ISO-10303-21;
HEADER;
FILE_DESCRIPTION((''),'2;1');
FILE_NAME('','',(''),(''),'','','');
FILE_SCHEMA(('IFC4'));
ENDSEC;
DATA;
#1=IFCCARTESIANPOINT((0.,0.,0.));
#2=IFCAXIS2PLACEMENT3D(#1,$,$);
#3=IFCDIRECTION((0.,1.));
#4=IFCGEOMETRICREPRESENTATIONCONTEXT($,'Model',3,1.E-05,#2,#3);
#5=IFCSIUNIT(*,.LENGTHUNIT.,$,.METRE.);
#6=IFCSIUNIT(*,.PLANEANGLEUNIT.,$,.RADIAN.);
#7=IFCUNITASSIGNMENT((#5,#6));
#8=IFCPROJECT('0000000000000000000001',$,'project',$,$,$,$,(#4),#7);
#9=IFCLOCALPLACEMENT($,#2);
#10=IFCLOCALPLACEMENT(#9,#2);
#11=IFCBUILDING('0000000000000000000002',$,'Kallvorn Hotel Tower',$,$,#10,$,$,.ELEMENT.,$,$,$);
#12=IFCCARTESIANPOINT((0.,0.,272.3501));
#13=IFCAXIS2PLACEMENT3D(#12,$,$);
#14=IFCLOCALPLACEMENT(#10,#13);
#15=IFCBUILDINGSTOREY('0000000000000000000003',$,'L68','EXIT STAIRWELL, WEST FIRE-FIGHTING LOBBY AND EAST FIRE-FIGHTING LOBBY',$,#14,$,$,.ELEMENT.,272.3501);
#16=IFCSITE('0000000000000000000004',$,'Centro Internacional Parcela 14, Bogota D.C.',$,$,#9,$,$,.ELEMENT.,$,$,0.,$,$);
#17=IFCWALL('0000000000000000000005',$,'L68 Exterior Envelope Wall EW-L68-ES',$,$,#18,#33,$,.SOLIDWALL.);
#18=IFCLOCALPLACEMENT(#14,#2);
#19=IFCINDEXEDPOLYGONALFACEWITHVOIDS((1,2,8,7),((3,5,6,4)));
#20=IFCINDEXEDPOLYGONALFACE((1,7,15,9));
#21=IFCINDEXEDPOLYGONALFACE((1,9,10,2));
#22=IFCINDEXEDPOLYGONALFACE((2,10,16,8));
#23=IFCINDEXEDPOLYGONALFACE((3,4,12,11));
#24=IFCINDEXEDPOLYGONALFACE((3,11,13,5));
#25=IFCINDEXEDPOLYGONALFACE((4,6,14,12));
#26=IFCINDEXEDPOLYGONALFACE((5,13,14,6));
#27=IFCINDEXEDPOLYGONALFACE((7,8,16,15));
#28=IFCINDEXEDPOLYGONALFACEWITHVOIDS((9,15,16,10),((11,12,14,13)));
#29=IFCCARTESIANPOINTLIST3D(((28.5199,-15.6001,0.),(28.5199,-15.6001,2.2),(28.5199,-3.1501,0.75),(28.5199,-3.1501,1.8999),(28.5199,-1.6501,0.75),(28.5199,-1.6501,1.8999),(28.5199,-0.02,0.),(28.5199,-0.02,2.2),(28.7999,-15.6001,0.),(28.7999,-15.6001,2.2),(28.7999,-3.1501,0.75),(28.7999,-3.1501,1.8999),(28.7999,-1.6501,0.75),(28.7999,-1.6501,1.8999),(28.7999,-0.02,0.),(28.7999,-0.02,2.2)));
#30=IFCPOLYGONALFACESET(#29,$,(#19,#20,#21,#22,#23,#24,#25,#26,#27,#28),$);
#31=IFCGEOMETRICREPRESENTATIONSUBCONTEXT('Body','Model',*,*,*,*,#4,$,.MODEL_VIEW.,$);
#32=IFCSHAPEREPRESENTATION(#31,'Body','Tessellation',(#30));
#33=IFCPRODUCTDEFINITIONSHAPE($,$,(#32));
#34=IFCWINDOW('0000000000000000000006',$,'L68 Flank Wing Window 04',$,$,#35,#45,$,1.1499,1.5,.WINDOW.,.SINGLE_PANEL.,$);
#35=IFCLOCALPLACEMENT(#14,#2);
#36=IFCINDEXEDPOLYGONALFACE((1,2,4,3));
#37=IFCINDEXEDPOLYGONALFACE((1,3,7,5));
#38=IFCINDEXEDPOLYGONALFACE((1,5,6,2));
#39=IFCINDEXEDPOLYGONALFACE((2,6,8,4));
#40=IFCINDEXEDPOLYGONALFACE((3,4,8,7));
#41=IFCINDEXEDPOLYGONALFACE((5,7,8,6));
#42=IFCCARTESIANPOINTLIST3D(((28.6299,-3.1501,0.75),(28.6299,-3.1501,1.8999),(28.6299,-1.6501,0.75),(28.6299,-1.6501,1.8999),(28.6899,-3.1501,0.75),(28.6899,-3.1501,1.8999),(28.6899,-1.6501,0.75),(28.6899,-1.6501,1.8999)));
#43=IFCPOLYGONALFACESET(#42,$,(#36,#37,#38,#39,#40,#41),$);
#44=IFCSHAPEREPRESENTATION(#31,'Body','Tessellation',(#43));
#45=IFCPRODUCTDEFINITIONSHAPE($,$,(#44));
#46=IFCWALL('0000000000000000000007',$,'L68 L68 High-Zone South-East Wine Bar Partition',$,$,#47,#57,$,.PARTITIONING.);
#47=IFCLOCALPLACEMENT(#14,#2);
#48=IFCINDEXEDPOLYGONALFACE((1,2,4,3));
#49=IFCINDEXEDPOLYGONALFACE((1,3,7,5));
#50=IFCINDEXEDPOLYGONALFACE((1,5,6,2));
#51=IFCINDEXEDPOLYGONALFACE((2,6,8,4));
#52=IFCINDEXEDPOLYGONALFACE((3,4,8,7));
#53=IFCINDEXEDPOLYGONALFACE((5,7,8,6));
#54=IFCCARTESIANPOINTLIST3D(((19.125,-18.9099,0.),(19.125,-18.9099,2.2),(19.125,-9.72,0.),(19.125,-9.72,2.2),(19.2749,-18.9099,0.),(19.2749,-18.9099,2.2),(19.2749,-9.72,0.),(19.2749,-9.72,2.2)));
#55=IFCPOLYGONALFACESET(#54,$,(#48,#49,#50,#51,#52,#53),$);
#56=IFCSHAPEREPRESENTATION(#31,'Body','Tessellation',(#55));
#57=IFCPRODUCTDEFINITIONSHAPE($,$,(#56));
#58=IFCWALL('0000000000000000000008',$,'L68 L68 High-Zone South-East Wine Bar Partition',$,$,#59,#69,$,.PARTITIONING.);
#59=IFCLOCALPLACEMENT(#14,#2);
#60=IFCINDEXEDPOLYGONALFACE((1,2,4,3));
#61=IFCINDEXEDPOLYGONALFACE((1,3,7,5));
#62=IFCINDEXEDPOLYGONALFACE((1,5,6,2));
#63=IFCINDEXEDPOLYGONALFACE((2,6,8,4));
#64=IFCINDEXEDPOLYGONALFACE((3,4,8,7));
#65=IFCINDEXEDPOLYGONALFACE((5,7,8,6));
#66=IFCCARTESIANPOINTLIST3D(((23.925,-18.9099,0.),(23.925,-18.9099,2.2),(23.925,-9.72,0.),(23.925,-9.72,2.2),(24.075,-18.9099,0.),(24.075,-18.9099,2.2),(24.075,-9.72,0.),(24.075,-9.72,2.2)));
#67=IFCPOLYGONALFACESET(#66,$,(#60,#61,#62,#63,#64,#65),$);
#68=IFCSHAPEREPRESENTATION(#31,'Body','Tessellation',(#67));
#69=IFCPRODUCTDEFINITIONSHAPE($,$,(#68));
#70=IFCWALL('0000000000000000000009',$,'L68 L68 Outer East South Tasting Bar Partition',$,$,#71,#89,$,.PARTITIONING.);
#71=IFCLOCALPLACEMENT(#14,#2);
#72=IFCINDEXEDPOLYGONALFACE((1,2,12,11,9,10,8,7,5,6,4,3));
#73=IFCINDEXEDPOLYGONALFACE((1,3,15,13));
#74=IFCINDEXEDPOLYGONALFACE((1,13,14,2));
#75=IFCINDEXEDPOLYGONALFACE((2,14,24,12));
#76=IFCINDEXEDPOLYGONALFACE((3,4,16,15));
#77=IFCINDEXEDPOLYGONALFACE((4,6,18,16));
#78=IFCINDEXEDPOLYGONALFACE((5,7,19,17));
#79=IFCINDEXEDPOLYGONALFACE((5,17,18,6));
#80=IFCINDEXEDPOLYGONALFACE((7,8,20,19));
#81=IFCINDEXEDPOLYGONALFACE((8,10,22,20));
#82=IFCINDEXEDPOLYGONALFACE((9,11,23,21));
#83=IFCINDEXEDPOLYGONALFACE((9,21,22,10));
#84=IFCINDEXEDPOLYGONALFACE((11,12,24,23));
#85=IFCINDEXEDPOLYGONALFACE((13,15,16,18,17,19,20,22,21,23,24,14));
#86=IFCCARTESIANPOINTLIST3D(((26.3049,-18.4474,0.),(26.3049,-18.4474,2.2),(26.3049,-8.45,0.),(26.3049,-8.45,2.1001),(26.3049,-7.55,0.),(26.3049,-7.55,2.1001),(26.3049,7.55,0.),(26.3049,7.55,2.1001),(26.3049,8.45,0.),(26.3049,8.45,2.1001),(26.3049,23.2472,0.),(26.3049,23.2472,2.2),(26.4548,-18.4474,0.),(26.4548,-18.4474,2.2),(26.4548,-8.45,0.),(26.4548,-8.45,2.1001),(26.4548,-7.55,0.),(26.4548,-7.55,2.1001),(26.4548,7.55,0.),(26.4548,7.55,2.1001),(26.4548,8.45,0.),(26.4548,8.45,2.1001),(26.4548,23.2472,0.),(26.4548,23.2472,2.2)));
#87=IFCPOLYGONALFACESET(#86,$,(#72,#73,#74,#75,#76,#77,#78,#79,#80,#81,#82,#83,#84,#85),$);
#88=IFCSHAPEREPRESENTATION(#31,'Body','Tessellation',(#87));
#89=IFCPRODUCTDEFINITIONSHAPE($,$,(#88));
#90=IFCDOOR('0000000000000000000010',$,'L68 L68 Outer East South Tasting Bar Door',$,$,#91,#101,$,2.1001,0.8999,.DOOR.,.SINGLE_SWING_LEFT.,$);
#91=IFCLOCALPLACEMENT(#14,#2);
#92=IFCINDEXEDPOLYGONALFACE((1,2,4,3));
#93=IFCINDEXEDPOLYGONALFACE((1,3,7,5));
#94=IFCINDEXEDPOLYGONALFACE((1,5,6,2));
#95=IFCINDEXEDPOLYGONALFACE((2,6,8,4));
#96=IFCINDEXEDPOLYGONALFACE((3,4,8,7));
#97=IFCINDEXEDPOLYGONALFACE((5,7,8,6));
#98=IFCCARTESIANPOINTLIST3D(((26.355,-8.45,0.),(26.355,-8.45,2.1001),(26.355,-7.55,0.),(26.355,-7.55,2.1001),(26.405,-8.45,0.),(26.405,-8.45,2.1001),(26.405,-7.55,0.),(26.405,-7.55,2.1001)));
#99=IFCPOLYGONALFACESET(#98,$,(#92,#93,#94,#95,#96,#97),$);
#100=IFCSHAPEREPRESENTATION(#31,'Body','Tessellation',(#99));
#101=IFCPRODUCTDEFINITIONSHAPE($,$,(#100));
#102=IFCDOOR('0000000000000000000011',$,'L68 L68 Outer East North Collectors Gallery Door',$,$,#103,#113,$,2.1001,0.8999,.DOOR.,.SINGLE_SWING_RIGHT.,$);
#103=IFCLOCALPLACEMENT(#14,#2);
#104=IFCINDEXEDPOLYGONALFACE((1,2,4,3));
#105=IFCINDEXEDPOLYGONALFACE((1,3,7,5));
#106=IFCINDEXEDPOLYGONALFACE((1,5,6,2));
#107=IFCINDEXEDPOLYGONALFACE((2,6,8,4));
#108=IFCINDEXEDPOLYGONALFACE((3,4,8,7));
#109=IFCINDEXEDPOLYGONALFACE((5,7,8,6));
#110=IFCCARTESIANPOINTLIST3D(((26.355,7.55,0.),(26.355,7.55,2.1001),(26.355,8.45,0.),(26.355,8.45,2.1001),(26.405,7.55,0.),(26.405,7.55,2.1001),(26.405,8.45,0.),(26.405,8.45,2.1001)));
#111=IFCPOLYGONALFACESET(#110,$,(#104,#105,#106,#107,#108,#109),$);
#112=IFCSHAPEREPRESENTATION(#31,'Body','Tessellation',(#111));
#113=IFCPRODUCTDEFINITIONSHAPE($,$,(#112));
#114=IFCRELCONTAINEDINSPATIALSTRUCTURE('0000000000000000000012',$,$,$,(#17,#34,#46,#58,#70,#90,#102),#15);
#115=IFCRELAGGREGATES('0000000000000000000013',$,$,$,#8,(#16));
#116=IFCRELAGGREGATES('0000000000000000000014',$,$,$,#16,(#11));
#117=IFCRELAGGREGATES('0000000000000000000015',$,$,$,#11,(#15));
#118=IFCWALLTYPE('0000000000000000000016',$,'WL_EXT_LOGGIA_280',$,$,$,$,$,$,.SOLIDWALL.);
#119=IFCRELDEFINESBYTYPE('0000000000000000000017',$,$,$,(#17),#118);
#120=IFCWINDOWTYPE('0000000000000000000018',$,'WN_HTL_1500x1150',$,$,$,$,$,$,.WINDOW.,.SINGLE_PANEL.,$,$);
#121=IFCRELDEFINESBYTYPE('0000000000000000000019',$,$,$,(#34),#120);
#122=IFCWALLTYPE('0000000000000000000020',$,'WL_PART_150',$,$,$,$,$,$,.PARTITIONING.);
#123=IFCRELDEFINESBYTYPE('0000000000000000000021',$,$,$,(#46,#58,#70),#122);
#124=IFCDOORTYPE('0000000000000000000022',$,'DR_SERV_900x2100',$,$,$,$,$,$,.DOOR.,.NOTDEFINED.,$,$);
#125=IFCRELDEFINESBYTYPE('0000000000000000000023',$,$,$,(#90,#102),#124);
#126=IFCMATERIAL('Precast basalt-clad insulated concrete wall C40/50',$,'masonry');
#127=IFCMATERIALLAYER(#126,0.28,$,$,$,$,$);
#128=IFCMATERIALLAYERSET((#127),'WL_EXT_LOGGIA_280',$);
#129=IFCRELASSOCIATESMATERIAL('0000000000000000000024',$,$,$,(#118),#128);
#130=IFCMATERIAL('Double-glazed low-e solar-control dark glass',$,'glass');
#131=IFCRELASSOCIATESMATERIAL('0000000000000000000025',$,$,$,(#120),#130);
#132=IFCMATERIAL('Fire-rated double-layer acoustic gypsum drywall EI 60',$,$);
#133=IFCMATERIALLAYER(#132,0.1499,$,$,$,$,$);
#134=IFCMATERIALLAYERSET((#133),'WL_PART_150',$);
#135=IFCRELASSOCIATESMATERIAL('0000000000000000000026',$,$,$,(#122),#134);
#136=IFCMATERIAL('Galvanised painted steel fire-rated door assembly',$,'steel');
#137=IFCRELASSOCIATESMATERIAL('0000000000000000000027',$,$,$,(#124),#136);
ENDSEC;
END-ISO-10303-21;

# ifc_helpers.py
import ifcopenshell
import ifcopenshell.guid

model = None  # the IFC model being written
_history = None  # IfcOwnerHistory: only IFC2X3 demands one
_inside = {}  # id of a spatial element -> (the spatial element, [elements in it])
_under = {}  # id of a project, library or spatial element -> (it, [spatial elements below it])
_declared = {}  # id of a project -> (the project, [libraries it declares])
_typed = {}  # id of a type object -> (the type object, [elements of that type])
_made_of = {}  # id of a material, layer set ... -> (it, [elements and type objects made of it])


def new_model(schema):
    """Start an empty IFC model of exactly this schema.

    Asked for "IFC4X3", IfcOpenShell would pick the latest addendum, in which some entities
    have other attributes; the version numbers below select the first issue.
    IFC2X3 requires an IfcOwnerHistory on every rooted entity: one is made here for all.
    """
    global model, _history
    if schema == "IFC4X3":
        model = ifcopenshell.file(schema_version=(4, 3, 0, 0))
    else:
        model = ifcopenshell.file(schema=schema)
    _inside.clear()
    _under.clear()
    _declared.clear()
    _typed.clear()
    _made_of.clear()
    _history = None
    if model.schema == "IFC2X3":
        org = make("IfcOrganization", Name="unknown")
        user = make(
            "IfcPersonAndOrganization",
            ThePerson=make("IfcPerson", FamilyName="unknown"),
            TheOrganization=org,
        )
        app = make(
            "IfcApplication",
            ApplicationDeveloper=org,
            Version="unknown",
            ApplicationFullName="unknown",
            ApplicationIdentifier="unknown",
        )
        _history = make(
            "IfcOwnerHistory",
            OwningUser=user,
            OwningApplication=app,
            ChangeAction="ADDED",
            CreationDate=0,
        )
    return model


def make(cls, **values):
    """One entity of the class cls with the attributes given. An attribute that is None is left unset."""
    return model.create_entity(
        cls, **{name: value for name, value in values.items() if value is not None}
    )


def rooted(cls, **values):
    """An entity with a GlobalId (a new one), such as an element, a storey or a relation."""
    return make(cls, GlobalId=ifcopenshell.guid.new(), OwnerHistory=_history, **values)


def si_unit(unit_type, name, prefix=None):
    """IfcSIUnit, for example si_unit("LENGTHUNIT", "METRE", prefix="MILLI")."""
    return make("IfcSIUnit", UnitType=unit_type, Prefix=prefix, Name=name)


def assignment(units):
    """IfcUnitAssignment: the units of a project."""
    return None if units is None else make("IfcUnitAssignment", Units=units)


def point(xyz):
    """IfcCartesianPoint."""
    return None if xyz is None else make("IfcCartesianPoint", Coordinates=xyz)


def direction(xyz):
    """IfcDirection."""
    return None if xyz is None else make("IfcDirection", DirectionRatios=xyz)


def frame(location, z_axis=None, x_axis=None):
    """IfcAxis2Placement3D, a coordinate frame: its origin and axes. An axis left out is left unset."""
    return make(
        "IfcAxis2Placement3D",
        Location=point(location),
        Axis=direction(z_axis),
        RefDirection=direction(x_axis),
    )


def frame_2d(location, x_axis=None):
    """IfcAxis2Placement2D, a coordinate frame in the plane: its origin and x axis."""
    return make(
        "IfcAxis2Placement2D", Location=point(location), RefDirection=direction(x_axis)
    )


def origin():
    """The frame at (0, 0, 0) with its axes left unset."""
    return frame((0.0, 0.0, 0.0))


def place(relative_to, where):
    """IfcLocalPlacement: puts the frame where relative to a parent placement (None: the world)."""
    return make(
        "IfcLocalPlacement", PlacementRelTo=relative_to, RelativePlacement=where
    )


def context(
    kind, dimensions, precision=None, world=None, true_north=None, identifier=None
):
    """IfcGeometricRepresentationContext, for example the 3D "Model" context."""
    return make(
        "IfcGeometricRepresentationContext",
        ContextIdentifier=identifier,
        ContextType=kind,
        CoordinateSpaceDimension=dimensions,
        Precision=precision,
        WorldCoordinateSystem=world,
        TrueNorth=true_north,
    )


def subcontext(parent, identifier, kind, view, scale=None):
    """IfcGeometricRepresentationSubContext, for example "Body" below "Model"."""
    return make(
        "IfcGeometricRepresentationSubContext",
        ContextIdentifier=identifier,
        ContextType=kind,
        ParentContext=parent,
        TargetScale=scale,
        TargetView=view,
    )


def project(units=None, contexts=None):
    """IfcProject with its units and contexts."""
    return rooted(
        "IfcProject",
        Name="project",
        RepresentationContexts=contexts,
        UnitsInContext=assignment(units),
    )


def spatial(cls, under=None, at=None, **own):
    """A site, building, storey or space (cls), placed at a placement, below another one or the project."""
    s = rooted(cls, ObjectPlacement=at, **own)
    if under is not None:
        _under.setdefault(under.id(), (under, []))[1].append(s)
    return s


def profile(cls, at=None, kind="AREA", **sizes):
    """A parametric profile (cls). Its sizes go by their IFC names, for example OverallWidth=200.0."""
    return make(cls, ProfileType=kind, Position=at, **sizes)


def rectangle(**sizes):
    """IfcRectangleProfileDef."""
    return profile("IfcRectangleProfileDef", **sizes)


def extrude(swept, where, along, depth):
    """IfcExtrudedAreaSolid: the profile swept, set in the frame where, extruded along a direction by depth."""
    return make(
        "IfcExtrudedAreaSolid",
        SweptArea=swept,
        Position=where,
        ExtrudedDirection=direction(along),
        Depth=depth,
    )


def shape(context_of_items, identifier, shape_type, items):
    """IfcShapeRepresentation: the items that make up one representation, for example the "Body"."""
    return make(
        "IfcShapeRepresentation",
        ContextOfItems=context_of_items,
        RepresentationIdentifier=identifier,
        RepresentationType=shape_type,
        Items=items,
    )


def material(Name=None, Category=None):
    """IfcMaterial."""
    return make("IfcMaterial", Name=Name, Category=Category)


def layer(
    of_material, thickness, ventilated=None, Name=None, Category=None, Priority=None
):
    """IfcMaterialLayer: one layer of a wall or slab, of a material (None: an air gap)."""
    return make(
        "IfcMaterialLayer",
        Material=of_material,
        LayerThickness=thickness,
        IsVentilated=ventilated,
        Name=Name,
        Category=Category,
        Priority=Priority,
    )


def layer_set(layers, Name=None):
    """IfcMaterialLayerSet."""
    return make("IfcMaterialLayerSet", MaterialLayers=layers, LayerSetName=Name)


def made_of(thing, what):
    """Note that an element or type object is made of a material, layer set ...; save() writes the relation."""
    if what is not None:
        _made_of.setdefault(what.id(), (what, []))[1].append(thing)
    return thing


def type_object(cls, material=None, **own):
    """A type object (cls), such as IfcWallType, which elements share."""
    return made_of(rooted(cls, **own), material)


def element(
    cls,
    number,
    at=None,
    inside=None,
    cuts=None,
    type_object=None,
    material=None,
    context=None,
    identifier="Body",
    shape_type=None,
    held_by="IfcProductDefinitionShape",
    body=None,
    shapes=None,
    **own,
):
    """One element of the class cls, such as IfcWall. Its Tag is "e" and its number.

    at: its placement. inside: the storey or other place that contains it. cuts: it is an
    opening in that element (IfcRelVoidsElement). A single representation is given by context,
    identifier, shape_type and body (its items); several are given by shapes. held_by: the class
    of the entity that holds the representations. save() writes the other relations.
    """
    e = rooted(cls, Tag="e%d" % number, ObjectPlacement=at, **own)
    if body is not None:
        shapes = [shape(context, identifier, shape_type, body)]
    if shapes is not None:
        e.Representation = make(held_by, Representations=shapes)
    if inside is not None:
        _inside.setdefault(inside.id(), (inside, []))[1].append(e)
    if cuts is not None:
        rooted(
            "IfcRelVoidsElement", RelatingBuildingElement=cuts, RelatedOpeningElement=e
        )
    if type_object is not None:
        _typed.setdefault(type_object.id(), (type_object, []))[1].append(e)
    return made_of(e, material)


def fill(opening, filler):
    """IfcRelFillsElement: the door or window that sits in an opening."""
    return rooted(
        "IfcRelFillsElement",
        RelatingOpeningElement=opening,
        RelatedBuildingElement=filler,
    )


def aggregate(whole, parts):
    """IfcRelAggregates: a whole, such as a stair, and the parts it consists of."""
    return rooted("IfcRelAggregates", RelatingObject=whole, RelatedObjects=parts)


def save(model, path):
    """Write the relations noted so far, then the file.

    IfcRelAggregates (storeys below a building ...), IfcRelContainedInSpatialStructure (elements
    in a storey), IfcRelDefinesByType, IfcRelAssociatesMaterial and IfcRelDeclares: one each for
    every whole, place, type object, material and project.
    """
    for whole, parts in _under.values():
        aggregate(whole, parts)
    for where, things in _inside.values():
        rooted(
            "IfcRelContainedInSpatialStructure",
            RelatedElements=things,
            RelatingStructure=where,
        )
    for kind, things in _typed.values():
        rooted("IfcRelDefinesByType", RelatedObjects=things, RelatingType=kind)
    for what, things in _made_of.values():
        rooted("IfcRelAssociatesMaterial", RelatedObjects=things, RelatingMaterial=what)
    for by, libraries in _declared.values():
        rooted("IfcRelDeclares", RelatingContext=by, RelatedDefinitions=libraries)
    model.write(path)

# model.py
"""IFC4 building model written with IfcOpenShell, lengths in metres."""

from ifc_helpers import new_model, si_unit, direction, frame, frame_2d, origin, place, context, subcontext, project, spatial, rectangle, extrude, material, layer, layer_set, type_object, element, fill, save


model = new_model("IFC4")

# Units and contexts
model_context = context("Model", 3, precision=1e-05, world=origin(), true_north=direction((0.0, 1.0)))
body_context = subcontext(model_context, "Body", "Model", "MODEL_VIEW")
ifc_project = project(units=[si_unit("LENGTHUNIT", "METRE"), si_unit("PLANEANGLEUNIT", "RADIAN")], contexts=[model_context])

# Site, building, storey
site_placement = place(None, origin())
site = spatial("IfcSite", under=ifc_project, at=site_placement, Name="Centro Internacional Parcela 14, Bogota D.C.", CompositionType="ELEMENT", RefElevation=0.0)
building_placement = place(site_placement, origin())
building = spatial("IfcBuilding", under=site, at=building_placement, Name="Kallvorn Hotel Tower", CompositionType="ELEMENT")
storey_placement = place(building_placement, frame((0.0, 0.0, 272.3501)))
storey = spatial("IfcBuildingStorey", under=building, at=storey_placement, Name="L68", Description="EXIT STAIRWELL, WEST FIRE-FIGHTING LOBBY AND EAST FIRE-FIGHTING LOBBY", CompositionType="ELEMENT", Elevation=272.3501)

# Shared definitions
ifc_material_1 = material(Name="Precast basalt-clad insulated concrete wall C40/50", Category="masonry")
ifc_layer_1 = layer(ifc_material_1, 0.28)
ifc_layer_set_1 = layer_set([ifc_layer_1], Name="WL_EXT_LOGGIA_280")
wall_type_1 = type_object("IfcWallType", Name="WL_EXT_LOGGIA_280", PredefinedType="SOLIDWALL", material=ifc_layer_set_1)

# Wall, opening, window
wall_1_placement = place(storey_placement, frame((28.6599, -15.6001, 0.0), z_axis=(0.0, 0.0, 1.0), x_axis=(0.0, 1.0, 0.0)))
wall_1 = element("IfcWall", 1, at=wall_1_placement, inside=storey, type_object=wall_type_1, Name="L68 Exterior Envelope Wall EW-L68-ES", PredefinedType="SOLIDWALL", context=body_context, shape_type="SweptSolid", body=[
    extrude(rectangle(XDim=15.5801, YDim=0.28, at=frame_2d((7.79, 0.0))), origin(), (0.0, 0.0, 1.0), 2.2),
])
opening_1_placement = place(wall_1_placement, frame((12.45, 0.0, 0.75)))
opening_1 = element("IfcOpeningElement", 2, at=opening_1_placement, cuts=wall_1, PredefinedType="OPENING", context=body_context, shape_type="SweptSolid", body=[
    extrude(rectangle(XDim=1.5, YDim=1.1499, at=frame_2d((0.75, 0.575))), frame((0.0, 0.155, 0.0), z_axis=(0.0, -1.0, 0.0), x_axis=(1.0, 0.0, 0.0)), (0.0, 0.0, 1.0), 0.3101),
])
ifc_material_2 = material(Name="Double-glazed low-e solar-control dark glass", Category="glass")
window_type = type_object("IfcWindowType", Name="WN_HTL_1500x1150", PartitioningType="SINGLE_PANEL", PredefinedType="WINDOW", material=ifc_material_2)
window_placement = place(opening_1_placement, origin())
window = element("IfcWindow", 3, at=window_placement, inside=storey, type_object=window_type, Name="L68 Flank Wing Window 04", OverallHeight=1.1499, OverallWidth=1.5, PartitioningType="SINGLE_PANEL", PredefinedType="WINDOW", context=body_context, shape_type="SweptSolid", body=[
    extrude(rectangle(XDim=1.5, YDim=1.1499, at=frame_2d((0.75, 0.575))), frame((0.0, 0.03, 0.0), z_axis=(0.0, -1.0, 0.0), x_axis=(1.0, 0.0, 0.0)), (0.0, 0.0, 1.0), 0.0601),
])
fill(opening_1, window)

# Walls
ifc_material_3 = material(Name="Fire-rated double-layer acoustic gypsum drywall EI 60")
ifc_layer_2 = layer(ifc_material_3, 0.1499)
ifc_layer_set_2 = layer_set([ifc_layer_2], Name="WL_PART_150")
wall_type_2 = type_object("IfcWallType", Name="WL_PART_150", PredefinedType="PARTITIONING", material=ifc_layer_set_2)
for number, where, z_axis, x_axis, name in (
    (4, (19.2, -18.9099, 0.0), (0.0, 0.0, 1.0), (0.0, 1.0, 0.0), "L68 L68 High-Zone South-East Wine Bar Partition"),
    (5, (24.0, -18.9099, 0.0), (0.0, 0.0, 1.0), (0.0, 1.0, 0.0), "L68 L68 High-Zone South-East Wine Bar Partition"),
):
    element("IfcWall", number, at=place(storey_placement, frame(where, z_axis=z_axis, x_axis=x_axis)), inside=storey, type_object=wall_type_2, Name=name, PredefinedType="PARTITIONING", context=body_context, shape_type="SweptSolid", body=[
        extrude(rectangle(XDim=9.1899, YDim=0.1499, at=frame_2d((4.595, 0.0))), origin(), (0.0, 0.0, 1.0), 2.2),
    ])

# Wall, openings, doors
wall_2_placement = place(storey_placement, frame((26.3799, -18.4473, 0.0), z_axis=(0.0, 0.0, 1.0), x_axis=(0.0, 1.0, 0.0)))
wall_2 = element("IfcWall", 6, at=wall_2_placement, inside=storey, type_object=wall_type_2, Name="L68 L68 Outer East South Tasting Bar Partition", PredefinedType="PARTITIONING", context=body_context, shape_type="SweptSolid", body=[
    extrude(rectangle(XDim=41.6946, YDim=0.1499, at=frame_2d((20.8472, 0.0))), origin(), (0.0, 0.0, 1.0), 2.2),
])
opening_2_placement = place(wall_2_placement, frame((9.9973, 0.0, 0.0)))
opening_2 = element("IfcOpeningElement", 7, at=opening_2_placement, cuts=wall_2, PredefinedType="OPENING", context=body_context, shape_type="SweptSolid", body=[
    extrude(rectangle(XDim=0.8999, YDim=2.1001, at=frame_2d((0.45, 1.05))), frame((0.0, 0.0898, 0.0), z_axis=(0.0, -1.0, 0.0), x_axis=(1.0, 0.0, 0.0)), (0.0, 0.0, 1.0), 0.1799),
])
opening_3_placement = place(wall_2_placement, frame((25.9973, 0.0, 0.0)))
opening_3 = element("IfcOpeningElement", 8, at=opening_3_placement, cuts=wall_2, PredefinedType="OPENING", context=body_context, shape_type="SweptSolid", body=[
    extrude(rectangle(XDim=0.8999, YDim=2.1001, at=frame_2d((0.45, 1.05))), frame((0.0, 0.0898, 0.0), z_axis=(0.0, -1.0, 0.0), x_axis=(1.0, 0.0, 0.0)), (0.0, 0.0, 1.0), 0.1799),
])
ifc_material_4 = material(Name="Galvanised painted steel fire-rated door assembly", Category="steel")
door_type = type_object("IfcDoorType", Name="DR_SERV_900x2100", OperationType="NOTDEFINED", PredefinedType="DOOR", material=ifc_material_4)
door_1_placement = place(opening_2_placement, origin())
door_1 = element("IfcDoor", 9, at=door_1_placement, inside=storey, type_object=door_type, Name="L68 L68 Outer East South Tasting Bar Door", OperationType="SINGLE_SWING_LEFT", OverallHeight=2.1001, OverallWidth=0.8999, PredefinedType="DOOR", context=body_context, shape_type="SweptSolid", body=[
    extrude(rectangle(XDim=0.8999, YDim=2.1001, at=frame_2d((0.45, 1.05))), frame((0.0, 0.0249, 0.0), z_axis=(0.0, -1.0, 0.0), x_axis=(1.0, 0.0, 0.0)), (0.0, 0.0, 1.0), 0.05),
])
fill(opening_2, door_1)
door_2_placement = place(opening_3_placement, origin())
door_2 = element("IfcDoor", 10, at=door_2_placement, inside=storey, type_object=door_type, Name="L68 L68 Outer East North Collectors Gallery Door", OperationType="SINGLE_SWING_RIGHT", OverallHeight=2.1001, OverallWidth=0.8999, PredefinedType="DOOR", context=body_context, shape_type="SweptSolid", body=[
    extrude(rectangle(XDim=0.8999, YDim=2.1001, at=frame_2d((0.45, 1.05))), frame((0.0, 0.0249, 0.0), z_axis=(0.0, -1.0, 0.0), x_axis=(1.0, 0.0, 0.0)), (0.0, 0.0, 1.0), 0.05),
])
fill(opening_3, door_2)

save(model, "model.ifc")
